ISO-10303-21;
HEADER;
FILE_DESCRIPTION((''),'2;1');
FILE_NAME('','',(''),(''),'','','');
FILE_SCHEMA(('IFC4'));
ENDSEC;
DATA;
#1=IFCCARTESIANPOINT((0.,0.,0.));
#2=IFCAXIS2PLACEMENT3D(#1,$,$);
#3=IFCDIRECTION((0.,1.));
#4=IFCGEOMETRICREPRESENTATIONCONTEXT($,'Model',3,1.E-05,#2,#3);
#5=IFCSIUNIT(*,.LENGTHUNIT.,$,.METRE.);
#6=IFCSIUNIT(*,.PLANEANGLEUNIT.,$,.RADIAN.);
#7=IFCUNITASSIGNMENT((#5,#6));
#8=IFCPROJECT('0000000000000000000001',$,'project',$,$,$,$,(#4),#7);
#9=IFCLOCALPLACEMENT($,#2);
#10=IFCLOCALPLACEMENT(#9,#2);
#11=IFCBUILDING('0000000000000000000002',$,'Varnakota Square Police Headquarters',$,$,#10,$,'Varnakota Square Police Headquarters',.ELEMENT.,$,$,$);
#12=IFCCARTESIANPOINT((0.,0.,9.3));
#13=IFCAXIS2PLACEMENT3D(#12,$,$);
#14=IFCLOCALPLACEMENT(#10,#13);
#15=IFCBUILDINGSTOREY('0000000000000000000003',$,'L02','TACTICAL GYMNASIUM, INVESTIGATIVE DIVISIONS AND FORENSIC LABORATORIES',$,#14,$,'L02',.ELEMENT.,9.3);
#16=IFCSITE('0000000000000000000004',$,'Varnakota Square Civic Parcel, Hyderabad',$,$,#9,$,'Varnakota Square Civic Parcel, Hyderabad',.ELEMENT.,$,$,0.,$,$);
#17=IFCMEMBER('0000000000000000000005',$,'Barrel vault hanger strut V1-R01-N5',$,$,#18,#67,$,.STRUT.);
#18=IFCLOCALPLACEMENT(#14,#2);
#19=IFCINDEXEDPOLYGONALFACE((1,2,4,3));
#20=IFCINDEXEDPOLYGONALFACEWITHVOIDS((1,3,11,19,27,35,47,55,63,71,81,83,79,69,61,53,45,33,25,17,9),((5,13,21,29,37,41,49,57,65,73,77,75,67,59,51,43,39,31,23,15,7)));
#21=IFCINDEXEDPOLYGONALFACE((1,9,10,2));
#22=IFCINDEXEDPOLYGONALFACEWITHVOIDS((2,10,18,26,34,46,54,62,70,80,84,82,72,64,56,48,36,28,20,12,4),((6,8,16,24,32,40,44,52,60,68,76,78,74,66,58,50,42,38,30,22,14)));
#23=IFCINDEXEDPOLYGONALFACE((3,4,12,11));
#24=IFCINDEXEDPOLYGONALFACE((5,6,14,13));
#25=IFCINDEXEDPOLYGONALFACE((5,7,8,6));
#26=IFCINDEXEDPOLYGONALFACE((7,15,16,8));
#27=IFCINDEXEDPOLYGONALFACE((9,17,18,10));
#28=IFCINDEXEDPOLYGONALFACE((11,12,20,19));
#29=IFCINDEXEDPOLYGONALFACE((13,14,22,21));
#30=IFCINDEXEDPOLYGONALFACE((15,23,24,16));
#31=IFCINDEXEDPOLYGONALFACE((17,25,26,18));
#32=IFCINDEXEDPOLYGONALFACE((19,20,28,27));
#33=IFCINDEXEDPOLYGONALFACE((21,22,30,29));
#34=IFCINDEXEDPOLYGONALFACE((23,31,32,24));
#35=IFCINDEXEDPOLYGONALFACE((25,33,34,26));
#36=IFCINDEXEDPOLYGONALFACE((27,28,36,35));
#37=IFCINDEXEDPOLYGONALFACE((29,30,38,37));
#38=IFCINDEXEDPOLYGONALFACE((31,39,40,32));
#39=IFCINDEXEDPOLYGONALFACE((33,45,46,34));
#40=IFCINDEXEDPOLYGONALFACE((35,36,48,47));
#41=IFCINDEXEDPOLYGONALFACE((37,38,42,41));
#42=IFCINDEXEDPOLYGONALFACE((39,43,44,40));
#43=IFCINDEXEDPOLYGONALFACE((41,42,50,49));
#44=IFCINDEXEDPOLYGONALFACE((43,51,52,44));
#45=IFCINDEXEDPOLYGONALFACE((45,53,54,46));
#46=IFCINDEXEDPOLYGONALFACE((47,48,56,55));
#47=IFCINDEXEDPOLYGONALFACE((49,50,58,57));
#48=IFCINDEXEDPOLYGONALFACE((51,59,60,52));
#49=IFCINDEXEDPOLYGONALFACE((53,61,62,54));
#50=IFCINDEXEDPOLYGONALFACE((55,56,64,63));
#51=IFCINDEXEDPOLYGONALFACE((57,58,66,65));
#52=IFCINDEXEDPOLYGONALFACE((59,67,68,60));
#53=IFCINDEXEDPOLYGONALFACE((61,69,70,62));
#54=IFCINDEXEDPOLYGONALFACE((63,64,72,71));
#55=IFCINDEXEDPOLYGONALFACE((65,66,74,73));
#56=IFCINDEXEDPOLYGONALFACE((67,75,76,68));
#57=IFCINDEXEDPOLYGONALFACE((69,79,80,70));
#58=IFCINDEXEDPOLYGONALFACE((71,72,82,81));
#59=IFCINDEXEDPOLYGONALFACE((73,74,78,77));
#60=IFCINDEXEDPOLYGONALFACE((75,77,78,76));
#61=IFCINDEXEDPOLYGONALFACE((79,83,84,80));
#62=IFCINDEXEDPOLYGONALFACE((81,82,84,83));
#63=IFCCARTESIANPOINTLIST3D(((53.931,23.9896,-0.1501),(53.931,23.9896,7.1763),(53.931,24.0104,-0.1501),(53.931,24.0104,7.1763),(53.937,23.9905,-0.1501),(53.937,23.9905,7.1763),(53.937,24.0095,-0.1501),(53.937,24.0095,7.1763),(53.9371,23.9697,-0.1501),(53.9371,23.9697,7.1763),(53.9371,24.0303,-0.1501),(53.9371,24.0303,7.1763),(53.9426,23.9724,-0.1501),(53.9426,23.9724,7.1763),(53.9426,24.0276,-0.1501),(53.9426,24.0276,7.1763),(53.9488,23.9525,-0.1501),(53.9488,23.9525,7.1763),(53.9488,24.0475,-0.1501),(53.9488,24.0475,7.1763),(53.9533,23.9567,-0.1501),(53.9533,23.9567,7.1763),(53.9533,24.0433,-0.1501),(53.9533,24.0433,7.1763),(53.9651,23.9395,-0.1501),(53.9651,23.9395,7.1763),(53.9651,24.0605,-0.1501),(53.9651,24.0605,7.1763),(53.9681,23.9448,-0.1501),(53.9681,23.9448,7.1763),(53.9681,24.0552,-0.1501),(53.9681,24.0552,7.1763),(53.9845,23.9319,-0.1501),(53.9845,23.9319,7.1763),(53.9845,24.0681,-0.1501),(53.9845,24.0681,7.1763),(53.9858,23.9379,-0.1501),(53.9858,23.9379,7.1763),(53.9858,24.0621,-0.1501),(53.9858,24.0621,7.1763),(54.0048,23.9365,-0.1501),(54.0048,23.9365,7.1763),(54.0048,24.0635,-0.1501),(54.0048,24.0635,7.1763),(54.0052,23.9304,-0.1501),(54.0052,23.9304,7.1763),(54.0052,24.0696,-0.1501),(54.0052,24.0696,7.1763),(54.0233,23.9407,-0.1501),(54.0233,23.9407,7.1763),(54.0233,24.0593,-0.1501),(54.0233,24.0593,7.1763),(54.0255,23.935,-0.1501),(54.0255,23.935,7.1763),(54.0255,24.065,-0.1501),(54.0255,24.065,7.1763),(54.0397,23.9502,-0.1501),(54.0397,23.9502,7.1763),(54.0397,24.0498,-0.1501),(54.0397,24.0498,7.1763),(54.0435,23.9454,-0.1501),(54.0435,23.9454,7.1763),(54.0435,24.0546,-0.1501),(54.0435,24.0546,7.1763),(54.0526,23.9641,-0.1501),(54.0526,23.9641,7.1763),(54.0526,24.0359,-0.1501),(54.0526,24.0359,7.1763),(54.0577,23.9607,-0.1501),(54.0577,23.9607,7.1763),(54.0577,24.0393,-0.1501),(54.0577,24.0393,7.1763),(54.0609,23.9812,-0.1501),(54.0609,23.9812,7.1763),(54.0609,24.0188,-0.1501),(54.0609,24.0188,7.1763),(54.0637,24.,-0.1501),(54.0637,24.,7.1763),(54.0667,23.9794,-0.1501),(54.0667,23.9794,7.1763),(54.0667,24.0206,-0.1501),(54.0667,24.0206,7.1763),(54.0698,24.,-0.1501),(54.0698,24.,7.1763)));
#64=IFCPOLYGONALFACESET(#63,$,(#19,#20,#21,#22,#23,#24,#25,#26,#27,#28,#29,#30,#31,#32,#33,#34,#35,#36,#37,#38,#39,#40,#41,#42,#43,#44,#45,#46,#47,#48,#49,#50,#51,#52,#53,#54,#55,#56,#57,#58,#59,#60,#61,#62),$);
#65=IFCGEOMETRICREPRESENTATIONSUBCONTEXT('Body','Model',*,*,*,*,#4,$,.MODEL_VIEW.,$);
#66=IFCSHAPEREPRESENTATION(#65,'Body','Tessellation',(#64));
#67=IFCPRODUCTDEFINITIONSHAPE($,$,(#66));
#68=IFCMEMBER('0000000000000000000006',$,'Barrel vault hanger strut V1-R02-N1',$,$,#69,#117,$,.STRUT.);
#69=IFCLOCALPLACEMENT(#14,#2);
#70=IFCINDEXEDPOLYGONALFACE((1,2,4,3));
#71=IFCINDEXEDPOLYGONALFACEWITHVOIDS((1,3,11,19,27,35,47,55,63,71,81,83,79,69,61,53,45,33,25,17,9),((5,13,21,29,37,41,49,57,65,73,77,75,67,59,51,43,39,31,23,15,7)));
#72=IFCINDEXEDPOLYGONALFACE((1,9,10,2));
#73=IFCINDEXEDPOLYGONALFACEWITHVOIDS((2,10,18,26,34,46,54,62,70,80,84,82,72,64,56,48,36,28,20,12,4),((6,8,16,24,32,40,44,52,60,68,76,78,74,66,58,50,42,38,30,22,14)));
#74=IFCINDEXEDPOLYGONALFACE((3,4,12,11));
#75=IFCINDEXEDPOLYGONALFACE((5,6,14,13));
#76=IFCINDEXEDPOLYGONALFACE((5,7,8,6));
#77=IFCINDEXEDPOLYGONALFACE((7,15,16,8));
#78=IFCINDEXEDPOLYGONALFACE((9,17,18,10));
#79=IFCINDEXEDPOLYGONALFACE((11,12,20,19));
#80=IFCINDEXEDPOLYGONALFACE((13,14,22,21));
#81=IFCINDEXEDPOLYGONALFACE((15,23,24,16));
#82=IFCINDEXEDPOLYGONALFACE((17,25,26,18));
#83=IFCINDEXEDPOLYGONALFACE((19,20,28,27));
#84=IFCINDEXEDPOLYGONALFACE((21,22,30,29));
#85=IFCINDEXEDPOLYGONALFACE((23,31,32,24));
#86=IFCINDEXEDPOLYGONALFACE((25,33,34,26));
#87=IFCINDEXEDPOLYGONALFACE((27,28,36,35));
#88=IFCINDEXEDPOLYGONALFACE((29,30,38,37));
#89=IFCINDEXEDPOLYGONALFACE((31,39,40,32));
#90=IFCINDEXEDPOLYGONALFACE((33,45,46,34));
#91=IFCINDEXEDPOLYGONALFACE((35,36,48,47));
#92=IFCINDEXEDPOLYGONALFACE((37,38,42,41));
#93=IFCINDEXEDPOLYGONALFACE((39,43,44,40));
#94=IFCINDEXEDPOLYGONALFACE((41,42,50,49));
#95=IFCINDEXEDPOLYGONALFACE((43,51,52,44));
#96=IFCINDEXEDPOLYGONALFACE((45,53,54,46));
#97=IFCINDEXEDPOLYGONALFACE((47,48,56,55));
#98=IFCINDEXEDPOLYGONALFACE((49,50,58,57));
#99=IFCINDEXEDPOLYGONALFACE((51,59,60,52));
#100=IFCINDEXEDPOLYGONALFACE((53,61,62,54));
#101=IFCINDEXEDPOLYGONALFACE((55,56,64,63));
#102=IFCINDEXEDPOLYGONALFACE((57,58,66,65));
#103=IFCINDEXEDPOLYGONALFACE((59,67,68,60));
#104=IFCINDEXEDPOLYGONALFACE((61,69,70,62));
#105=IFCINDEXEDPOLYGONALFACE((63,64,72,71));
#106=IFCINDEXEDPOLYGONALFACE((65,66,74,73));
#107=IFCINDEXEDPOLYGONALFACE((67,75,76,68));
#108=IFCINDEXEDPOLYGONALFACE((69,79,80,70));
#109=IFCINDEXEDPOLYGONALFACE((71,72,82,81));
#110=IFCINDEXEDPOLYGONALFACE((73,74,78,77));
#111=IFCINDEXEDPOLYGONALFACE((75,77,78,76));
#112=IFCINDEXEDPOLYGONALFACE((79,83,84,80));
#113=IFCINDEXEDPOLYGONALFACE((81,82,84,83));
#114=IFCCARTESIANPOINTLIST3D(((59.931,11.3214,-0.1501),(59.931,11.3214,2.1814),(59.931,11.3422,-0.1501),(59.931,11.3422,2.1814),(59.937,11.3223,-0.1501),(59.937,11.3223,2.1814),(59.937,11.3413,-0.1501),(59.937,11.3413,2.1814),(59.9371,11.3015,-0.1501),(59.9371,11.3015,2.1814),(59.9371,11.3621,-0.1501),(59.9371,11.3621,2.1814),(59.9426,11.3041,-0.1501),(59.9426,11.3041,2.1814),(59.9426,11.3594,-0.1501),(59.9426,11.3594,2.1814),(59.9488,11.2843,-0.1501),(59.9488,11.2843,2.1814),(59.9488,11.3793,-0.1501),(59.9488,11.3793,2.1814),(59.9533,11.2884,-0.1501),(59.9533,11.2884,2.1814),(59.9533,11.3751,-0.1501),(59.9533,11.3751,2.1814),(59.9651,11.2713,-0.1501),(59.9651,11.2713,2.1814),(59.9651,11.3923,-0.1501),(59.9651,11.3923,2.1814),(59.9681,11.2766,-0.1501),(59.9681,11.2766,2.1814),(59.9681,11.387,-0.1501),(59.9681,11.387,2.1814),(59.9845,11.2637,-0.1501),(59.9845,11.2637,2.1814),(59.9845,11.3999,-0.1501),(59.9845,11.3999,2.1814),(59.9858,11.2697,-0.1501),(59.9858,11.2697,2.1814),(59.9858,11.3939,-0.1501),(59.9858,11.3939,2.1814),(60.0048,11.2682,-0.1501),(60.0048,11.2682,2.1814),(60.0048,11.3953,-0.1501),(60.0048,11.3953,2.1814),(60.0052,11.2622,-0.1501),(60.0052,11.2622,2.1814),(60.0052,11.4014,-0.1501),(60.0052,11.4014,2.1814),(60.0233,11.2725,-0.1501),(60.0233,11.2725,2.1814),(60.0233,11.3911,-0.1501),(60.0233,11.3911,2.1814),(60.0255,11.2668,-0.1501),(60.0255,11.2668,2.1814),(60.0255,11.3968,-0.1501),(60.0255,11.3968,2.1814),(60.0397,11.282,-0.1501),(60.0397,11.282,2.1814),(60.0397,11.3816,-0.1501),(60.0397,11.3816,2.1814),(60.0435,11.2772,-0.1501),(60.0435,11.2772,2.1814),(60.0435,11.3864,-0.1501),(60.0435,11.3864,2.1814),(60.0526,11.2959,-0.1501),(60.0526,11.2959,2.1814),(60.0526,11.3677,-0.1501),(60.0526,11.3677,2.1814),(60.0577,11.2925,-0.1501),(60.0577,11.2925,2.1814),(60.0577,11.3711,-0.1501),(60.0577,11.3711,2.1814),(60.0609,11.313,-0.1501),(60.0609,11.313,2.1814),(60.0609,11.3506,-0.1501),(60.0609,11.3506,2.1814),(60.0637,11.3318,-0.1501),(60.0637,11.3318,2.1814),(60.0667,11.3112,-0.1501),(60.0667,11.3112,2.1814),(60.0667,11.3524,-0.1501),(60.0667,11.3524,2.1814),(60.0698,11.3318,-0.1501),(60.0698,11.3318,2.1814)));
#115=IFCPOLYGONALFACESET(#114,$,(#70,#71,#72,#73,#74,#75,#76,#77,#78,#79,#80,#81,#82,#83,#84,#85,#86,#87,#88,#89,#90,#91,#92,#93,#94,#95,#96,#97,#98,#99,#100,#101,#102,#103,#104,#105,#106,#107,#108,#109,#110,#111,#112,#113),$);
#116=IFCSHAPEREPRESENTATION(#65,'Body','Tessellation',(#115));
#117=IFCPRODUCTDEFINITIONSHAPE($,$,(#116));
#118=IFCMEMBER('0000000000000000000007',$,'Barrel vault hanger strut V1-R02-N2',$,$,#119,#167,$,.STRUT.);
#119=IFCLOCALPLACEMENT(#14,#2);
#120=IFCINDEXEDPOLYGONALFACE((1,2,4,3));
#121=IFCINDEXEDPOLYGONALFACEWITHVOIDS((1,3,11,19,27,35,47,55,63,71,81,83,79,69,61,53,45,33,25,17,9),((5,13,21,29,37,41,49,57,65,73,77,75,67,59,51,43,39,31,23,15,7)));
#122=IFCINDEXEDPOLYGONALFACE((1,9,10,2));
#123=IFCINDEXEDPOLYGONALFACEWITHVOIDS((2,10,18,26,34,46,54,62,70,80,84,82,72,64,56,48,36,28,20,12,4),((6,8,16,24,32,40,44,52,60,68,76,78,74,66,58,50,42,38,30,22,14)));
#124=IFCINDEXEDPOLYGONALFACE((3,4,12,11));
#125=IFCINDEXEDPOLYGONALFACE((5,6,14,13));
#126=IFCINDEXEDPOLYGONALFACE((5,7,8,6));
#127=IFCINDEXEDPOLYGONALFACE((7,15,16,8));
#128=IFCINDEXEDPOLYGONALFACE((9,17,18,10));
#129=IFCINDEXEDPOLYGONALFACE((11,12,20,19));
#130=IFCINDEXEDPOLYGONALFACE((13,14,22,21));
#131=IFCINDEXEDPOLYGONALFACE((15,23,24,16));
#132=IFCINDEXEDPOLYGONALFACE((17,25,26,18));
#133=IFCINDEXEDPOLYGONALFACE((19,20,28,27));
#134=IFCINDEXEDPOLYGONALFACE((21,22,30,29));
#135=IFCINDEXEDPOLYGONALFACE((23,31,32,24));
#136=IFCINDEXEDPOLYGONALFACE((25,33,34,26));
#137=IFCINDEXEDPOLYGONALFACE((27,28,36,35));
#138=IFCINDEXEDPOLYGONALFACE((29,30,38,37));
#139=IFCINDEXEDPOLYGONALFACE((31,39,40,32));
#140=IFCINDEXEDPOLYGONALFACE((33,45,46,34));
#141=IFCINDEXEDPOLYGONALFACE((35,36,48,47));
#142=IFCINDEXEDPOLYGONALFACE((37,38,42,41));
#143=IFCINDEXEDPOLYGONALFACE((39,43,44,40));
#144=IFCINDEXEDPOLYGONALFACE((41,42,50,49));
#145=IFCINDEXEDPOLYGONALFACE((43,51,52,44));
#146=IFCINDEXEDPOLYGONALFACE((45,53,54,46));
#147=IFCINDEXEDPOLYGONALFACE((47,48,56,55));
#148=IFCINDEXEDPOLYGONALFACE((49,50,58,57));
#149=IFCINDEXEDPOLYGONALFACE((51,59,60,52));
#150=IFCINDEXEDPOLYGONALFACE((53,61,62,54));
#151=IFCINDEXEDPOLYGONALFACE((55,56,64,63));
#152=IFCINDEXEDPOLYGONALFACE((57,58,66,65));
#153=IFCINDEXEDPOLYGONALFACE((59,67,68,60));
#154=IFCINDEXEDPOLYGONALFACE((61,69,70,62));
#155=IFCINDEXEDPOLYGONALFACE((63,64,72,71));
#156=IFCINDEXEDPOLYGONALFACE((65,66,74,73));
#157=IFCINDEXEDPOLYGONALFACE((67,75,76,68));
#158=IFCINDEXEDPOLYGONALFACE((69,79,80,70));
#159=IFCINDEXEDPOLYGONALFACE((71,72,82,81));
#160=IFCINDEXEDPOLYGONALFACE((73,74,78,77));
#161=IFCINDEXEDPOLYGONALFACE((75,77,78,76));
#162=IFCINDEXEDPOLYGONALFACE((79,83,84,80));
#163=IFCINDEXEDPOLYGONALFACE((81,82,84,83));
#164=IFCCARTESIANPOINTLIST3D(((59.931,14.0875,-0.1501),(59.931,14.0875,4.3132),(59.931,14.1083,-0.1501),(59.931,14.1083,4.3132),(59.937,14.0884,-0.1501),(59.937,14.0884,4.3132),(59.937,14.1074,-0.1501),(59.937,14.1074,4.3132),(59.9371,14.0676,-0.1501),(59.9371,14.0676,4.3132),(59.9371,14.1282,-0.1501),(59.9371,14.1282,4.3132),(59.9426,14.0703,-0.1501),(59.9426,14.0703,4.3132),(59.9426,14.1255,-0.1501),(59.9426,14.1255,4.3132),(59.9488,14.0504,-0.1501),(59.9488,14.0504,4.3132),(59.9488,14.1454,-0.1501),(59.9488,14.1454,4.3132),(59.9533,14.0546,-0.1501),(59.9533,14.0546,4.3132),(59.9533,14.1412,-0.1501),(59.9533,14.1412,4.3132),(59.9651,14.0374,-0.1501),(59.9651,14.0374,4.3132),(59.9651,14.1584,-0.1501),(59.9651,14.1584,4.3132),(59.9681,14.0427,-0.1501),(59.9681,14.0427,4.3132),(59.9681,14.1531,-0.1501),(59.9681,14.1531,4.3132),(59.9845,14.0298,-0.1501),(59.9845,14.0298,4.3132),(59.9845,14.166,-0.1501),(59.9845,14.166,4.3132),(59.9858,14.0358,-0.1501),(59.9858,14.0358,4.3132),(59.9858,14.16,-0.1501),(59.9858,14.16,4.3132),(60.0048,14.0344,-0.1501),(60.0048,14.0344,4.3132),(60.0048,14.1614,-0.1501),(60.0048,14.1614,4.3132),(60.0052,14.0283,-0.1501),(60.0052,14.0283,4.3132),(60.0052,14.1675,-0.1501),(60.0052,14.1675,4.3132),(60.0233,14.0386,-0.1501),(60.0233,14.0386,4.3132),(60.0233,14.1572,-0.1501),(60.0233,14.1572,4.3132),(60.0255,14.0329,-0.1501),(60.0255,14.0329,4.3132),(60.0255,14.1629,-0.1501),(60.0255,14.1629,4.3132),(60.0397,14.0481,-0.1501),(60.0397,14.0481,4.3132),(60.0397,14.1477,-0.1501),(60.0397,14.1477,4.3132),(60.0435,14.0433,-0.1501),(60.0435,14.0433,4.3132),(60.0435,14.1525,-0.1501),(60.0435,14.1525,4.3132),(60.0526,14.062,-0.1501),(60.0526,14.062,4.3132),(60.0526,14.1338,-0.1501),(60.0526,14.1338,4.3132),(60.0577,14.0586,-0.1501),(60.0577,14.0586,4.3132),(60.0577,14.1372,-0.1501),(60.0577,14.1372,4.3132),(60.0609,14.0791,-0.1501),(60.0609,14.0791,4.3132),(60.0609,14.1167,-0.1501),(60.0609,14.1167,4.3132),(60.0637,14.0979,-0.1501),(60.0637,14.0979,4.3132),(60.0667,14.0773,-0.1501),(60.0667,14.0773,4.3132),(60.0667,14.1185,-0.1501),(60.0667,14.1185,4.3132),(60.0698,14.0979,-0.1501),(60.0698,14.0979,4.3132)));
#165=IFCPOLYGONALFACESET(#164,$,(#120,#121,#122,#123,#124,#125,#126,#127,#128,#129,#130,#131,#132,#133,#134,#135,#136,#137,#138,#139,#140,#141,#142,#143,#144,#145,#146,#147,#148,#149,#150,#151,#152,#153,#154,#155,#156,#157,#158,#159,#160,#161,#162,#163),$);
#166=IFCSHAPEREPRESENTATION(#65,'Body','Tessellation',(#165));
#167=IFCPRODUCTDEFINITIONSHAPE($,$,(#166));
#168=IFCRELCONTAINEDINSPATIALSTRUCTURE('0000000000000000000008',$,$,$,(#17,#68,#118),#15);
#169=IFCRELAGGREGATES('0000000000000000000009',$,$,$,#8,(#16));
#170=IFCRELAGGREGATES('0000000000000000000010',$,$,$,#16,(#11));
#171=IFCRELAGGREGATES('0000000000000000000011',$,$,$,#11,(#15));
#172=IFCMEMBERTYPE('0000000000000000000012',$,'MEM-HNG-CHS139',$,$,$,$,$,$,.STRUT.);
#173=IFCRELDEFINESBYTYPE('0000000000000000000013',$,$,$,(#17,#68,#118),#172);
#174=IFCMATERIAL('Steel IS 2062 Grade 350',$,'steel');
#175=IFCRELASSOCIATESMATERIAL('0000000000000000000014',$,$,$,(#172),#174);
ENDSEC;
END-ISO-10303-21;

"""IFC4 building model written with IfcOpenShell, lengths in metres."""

from ifc_helpers import new_model, si_unit, direction, frame, origin, origin_2d, place, context, subcontext, project, spatial, hollow_circle, extrude, material, material_profile, profile_set, type_object, element, save


model = new_model("IFC4")

# Units and contexts
model_context = context("Model", 3, precision=1e-05, world=origin(), true_north=direction((0.0, 1.0)))
body_context = subcontext(model_context, "Body", "Model", "MODEL_VIEW")
ifc_project = project(units=[si_unit("LENGTHUNIT", "METRE"), si_unit("PLANEANGLEUNIT", "RADIAN")], contexts=[model_context])

# Site, building, storey
site_placement = place(None, origin())
site = spatial("IfcSite", under=ifc_project, at=site_placement, Name="Varnakota Square Civic Parcel, Hyderabad", LongName="Varnakota Square Civic Parcel, Hyderabad", CompositionType="ELEMENT", RefElevation=0.0)
building_placement = place(site_placement, origin())
building = spatial("IfcBuilding", under=site, at=building_placement, Name="Varnakota Square Police Headquarters", LongName="Varnakota Square Police Headquarters", CompositionType="ELEMENT")
storey_placement = place(building_placement, frame((0.0, 0.0, 9.3)))
storey = spatial("IfcBuildingStorey", under=building, at=storey_placement, Name="L02", Description="TACTICAL GYMNASIUM, INVESTIGATIVE DIVISIONS AND FORENSIC LABORATORIES", LongName="L02", CompositionType="ELEMENT", Elevation=9.3)

# Shared definitions
ifc_material_1 = material(Name="Steel IS 2062 Grade 350", Category="steel")

# Members
ifc_material_profile_1 = material_profile(ifc_material_1, hollow_circle(Radius=0.0698, WallThickness=0.0061, at=origin_2d()), Name="CHS 139.7x6.0")
ifc_profile_set_1 = profile_set([ifc_material_profile_1], Name="Steel IS 2062 Grade 350")
member_type_1 = type_object("IfcMemberType", Name="MEM-HNG-CHS139", PredefinedType="STRUT", material=ifc_profile_set_1)
member_1_placement = place(storey_placement, frame((54.0, 24.0, -0.1501), z_axis=(0.0, 0.0, 1.0), x_axis=(1.0, 0.0, 0.0)))
element("IfcMember", 1, at=member_1_placement, inside=storey, type_object=member_type_1, Name="Barrel vault hanger strut V1-R01-N5", PredefinedType="STRUT", context=body_context, shape_type="SweptSolid", body=[
    extrude(hollow_circle(Radius=0.0698, WallThickness=0.0061, at=origin_2d()), origin(), (0.0, 0.0, 1.0), 7.3264),
])
member_2_placement = place(storey_placement, frame((60.0, 11.3318, -0.1501), z_axis=(0.0, 0.0, 1.0), x_axis=(1.0, 0.0, 0.0)))
element("IfcMember", 2, at=member_2_placement, inside=storey, type_object=member_type_1, Name="Barrel vault hanger strut V1-R02-N1", PredefinedType="STRUT", context=body_context, shape_type="SweptSolid", body=[
    extrude(hollow_circle(Radius=0.0698, WallThickness=0.0061, at=origin_2d()), origin(), (0.0, 0.0, 1.0), 2.3315),
])
member_3_placement = place(storey_placement, frame((60.0, 14.0979, -0.1501), z_axis=(0.0, 0.0, 1.0), x_axis=(1.0, 0.0, 0.0)))
element("IfcMember", 3, at=member_3_placement, inside=storey, type_object=member_type_1, Name="Barrel vault hanger strut V1-R02-N2", PredefinedType="STRUT", context=body_context, shape_type="SweptSolid", body=[
    extrude(hollow_circle(Radius=0.0698, WallThickness=0.0061, at=origin_2d()), origin(), (0.0, 0.0, 1.0), 4.4634),
])

save(model, "model.ifc")
